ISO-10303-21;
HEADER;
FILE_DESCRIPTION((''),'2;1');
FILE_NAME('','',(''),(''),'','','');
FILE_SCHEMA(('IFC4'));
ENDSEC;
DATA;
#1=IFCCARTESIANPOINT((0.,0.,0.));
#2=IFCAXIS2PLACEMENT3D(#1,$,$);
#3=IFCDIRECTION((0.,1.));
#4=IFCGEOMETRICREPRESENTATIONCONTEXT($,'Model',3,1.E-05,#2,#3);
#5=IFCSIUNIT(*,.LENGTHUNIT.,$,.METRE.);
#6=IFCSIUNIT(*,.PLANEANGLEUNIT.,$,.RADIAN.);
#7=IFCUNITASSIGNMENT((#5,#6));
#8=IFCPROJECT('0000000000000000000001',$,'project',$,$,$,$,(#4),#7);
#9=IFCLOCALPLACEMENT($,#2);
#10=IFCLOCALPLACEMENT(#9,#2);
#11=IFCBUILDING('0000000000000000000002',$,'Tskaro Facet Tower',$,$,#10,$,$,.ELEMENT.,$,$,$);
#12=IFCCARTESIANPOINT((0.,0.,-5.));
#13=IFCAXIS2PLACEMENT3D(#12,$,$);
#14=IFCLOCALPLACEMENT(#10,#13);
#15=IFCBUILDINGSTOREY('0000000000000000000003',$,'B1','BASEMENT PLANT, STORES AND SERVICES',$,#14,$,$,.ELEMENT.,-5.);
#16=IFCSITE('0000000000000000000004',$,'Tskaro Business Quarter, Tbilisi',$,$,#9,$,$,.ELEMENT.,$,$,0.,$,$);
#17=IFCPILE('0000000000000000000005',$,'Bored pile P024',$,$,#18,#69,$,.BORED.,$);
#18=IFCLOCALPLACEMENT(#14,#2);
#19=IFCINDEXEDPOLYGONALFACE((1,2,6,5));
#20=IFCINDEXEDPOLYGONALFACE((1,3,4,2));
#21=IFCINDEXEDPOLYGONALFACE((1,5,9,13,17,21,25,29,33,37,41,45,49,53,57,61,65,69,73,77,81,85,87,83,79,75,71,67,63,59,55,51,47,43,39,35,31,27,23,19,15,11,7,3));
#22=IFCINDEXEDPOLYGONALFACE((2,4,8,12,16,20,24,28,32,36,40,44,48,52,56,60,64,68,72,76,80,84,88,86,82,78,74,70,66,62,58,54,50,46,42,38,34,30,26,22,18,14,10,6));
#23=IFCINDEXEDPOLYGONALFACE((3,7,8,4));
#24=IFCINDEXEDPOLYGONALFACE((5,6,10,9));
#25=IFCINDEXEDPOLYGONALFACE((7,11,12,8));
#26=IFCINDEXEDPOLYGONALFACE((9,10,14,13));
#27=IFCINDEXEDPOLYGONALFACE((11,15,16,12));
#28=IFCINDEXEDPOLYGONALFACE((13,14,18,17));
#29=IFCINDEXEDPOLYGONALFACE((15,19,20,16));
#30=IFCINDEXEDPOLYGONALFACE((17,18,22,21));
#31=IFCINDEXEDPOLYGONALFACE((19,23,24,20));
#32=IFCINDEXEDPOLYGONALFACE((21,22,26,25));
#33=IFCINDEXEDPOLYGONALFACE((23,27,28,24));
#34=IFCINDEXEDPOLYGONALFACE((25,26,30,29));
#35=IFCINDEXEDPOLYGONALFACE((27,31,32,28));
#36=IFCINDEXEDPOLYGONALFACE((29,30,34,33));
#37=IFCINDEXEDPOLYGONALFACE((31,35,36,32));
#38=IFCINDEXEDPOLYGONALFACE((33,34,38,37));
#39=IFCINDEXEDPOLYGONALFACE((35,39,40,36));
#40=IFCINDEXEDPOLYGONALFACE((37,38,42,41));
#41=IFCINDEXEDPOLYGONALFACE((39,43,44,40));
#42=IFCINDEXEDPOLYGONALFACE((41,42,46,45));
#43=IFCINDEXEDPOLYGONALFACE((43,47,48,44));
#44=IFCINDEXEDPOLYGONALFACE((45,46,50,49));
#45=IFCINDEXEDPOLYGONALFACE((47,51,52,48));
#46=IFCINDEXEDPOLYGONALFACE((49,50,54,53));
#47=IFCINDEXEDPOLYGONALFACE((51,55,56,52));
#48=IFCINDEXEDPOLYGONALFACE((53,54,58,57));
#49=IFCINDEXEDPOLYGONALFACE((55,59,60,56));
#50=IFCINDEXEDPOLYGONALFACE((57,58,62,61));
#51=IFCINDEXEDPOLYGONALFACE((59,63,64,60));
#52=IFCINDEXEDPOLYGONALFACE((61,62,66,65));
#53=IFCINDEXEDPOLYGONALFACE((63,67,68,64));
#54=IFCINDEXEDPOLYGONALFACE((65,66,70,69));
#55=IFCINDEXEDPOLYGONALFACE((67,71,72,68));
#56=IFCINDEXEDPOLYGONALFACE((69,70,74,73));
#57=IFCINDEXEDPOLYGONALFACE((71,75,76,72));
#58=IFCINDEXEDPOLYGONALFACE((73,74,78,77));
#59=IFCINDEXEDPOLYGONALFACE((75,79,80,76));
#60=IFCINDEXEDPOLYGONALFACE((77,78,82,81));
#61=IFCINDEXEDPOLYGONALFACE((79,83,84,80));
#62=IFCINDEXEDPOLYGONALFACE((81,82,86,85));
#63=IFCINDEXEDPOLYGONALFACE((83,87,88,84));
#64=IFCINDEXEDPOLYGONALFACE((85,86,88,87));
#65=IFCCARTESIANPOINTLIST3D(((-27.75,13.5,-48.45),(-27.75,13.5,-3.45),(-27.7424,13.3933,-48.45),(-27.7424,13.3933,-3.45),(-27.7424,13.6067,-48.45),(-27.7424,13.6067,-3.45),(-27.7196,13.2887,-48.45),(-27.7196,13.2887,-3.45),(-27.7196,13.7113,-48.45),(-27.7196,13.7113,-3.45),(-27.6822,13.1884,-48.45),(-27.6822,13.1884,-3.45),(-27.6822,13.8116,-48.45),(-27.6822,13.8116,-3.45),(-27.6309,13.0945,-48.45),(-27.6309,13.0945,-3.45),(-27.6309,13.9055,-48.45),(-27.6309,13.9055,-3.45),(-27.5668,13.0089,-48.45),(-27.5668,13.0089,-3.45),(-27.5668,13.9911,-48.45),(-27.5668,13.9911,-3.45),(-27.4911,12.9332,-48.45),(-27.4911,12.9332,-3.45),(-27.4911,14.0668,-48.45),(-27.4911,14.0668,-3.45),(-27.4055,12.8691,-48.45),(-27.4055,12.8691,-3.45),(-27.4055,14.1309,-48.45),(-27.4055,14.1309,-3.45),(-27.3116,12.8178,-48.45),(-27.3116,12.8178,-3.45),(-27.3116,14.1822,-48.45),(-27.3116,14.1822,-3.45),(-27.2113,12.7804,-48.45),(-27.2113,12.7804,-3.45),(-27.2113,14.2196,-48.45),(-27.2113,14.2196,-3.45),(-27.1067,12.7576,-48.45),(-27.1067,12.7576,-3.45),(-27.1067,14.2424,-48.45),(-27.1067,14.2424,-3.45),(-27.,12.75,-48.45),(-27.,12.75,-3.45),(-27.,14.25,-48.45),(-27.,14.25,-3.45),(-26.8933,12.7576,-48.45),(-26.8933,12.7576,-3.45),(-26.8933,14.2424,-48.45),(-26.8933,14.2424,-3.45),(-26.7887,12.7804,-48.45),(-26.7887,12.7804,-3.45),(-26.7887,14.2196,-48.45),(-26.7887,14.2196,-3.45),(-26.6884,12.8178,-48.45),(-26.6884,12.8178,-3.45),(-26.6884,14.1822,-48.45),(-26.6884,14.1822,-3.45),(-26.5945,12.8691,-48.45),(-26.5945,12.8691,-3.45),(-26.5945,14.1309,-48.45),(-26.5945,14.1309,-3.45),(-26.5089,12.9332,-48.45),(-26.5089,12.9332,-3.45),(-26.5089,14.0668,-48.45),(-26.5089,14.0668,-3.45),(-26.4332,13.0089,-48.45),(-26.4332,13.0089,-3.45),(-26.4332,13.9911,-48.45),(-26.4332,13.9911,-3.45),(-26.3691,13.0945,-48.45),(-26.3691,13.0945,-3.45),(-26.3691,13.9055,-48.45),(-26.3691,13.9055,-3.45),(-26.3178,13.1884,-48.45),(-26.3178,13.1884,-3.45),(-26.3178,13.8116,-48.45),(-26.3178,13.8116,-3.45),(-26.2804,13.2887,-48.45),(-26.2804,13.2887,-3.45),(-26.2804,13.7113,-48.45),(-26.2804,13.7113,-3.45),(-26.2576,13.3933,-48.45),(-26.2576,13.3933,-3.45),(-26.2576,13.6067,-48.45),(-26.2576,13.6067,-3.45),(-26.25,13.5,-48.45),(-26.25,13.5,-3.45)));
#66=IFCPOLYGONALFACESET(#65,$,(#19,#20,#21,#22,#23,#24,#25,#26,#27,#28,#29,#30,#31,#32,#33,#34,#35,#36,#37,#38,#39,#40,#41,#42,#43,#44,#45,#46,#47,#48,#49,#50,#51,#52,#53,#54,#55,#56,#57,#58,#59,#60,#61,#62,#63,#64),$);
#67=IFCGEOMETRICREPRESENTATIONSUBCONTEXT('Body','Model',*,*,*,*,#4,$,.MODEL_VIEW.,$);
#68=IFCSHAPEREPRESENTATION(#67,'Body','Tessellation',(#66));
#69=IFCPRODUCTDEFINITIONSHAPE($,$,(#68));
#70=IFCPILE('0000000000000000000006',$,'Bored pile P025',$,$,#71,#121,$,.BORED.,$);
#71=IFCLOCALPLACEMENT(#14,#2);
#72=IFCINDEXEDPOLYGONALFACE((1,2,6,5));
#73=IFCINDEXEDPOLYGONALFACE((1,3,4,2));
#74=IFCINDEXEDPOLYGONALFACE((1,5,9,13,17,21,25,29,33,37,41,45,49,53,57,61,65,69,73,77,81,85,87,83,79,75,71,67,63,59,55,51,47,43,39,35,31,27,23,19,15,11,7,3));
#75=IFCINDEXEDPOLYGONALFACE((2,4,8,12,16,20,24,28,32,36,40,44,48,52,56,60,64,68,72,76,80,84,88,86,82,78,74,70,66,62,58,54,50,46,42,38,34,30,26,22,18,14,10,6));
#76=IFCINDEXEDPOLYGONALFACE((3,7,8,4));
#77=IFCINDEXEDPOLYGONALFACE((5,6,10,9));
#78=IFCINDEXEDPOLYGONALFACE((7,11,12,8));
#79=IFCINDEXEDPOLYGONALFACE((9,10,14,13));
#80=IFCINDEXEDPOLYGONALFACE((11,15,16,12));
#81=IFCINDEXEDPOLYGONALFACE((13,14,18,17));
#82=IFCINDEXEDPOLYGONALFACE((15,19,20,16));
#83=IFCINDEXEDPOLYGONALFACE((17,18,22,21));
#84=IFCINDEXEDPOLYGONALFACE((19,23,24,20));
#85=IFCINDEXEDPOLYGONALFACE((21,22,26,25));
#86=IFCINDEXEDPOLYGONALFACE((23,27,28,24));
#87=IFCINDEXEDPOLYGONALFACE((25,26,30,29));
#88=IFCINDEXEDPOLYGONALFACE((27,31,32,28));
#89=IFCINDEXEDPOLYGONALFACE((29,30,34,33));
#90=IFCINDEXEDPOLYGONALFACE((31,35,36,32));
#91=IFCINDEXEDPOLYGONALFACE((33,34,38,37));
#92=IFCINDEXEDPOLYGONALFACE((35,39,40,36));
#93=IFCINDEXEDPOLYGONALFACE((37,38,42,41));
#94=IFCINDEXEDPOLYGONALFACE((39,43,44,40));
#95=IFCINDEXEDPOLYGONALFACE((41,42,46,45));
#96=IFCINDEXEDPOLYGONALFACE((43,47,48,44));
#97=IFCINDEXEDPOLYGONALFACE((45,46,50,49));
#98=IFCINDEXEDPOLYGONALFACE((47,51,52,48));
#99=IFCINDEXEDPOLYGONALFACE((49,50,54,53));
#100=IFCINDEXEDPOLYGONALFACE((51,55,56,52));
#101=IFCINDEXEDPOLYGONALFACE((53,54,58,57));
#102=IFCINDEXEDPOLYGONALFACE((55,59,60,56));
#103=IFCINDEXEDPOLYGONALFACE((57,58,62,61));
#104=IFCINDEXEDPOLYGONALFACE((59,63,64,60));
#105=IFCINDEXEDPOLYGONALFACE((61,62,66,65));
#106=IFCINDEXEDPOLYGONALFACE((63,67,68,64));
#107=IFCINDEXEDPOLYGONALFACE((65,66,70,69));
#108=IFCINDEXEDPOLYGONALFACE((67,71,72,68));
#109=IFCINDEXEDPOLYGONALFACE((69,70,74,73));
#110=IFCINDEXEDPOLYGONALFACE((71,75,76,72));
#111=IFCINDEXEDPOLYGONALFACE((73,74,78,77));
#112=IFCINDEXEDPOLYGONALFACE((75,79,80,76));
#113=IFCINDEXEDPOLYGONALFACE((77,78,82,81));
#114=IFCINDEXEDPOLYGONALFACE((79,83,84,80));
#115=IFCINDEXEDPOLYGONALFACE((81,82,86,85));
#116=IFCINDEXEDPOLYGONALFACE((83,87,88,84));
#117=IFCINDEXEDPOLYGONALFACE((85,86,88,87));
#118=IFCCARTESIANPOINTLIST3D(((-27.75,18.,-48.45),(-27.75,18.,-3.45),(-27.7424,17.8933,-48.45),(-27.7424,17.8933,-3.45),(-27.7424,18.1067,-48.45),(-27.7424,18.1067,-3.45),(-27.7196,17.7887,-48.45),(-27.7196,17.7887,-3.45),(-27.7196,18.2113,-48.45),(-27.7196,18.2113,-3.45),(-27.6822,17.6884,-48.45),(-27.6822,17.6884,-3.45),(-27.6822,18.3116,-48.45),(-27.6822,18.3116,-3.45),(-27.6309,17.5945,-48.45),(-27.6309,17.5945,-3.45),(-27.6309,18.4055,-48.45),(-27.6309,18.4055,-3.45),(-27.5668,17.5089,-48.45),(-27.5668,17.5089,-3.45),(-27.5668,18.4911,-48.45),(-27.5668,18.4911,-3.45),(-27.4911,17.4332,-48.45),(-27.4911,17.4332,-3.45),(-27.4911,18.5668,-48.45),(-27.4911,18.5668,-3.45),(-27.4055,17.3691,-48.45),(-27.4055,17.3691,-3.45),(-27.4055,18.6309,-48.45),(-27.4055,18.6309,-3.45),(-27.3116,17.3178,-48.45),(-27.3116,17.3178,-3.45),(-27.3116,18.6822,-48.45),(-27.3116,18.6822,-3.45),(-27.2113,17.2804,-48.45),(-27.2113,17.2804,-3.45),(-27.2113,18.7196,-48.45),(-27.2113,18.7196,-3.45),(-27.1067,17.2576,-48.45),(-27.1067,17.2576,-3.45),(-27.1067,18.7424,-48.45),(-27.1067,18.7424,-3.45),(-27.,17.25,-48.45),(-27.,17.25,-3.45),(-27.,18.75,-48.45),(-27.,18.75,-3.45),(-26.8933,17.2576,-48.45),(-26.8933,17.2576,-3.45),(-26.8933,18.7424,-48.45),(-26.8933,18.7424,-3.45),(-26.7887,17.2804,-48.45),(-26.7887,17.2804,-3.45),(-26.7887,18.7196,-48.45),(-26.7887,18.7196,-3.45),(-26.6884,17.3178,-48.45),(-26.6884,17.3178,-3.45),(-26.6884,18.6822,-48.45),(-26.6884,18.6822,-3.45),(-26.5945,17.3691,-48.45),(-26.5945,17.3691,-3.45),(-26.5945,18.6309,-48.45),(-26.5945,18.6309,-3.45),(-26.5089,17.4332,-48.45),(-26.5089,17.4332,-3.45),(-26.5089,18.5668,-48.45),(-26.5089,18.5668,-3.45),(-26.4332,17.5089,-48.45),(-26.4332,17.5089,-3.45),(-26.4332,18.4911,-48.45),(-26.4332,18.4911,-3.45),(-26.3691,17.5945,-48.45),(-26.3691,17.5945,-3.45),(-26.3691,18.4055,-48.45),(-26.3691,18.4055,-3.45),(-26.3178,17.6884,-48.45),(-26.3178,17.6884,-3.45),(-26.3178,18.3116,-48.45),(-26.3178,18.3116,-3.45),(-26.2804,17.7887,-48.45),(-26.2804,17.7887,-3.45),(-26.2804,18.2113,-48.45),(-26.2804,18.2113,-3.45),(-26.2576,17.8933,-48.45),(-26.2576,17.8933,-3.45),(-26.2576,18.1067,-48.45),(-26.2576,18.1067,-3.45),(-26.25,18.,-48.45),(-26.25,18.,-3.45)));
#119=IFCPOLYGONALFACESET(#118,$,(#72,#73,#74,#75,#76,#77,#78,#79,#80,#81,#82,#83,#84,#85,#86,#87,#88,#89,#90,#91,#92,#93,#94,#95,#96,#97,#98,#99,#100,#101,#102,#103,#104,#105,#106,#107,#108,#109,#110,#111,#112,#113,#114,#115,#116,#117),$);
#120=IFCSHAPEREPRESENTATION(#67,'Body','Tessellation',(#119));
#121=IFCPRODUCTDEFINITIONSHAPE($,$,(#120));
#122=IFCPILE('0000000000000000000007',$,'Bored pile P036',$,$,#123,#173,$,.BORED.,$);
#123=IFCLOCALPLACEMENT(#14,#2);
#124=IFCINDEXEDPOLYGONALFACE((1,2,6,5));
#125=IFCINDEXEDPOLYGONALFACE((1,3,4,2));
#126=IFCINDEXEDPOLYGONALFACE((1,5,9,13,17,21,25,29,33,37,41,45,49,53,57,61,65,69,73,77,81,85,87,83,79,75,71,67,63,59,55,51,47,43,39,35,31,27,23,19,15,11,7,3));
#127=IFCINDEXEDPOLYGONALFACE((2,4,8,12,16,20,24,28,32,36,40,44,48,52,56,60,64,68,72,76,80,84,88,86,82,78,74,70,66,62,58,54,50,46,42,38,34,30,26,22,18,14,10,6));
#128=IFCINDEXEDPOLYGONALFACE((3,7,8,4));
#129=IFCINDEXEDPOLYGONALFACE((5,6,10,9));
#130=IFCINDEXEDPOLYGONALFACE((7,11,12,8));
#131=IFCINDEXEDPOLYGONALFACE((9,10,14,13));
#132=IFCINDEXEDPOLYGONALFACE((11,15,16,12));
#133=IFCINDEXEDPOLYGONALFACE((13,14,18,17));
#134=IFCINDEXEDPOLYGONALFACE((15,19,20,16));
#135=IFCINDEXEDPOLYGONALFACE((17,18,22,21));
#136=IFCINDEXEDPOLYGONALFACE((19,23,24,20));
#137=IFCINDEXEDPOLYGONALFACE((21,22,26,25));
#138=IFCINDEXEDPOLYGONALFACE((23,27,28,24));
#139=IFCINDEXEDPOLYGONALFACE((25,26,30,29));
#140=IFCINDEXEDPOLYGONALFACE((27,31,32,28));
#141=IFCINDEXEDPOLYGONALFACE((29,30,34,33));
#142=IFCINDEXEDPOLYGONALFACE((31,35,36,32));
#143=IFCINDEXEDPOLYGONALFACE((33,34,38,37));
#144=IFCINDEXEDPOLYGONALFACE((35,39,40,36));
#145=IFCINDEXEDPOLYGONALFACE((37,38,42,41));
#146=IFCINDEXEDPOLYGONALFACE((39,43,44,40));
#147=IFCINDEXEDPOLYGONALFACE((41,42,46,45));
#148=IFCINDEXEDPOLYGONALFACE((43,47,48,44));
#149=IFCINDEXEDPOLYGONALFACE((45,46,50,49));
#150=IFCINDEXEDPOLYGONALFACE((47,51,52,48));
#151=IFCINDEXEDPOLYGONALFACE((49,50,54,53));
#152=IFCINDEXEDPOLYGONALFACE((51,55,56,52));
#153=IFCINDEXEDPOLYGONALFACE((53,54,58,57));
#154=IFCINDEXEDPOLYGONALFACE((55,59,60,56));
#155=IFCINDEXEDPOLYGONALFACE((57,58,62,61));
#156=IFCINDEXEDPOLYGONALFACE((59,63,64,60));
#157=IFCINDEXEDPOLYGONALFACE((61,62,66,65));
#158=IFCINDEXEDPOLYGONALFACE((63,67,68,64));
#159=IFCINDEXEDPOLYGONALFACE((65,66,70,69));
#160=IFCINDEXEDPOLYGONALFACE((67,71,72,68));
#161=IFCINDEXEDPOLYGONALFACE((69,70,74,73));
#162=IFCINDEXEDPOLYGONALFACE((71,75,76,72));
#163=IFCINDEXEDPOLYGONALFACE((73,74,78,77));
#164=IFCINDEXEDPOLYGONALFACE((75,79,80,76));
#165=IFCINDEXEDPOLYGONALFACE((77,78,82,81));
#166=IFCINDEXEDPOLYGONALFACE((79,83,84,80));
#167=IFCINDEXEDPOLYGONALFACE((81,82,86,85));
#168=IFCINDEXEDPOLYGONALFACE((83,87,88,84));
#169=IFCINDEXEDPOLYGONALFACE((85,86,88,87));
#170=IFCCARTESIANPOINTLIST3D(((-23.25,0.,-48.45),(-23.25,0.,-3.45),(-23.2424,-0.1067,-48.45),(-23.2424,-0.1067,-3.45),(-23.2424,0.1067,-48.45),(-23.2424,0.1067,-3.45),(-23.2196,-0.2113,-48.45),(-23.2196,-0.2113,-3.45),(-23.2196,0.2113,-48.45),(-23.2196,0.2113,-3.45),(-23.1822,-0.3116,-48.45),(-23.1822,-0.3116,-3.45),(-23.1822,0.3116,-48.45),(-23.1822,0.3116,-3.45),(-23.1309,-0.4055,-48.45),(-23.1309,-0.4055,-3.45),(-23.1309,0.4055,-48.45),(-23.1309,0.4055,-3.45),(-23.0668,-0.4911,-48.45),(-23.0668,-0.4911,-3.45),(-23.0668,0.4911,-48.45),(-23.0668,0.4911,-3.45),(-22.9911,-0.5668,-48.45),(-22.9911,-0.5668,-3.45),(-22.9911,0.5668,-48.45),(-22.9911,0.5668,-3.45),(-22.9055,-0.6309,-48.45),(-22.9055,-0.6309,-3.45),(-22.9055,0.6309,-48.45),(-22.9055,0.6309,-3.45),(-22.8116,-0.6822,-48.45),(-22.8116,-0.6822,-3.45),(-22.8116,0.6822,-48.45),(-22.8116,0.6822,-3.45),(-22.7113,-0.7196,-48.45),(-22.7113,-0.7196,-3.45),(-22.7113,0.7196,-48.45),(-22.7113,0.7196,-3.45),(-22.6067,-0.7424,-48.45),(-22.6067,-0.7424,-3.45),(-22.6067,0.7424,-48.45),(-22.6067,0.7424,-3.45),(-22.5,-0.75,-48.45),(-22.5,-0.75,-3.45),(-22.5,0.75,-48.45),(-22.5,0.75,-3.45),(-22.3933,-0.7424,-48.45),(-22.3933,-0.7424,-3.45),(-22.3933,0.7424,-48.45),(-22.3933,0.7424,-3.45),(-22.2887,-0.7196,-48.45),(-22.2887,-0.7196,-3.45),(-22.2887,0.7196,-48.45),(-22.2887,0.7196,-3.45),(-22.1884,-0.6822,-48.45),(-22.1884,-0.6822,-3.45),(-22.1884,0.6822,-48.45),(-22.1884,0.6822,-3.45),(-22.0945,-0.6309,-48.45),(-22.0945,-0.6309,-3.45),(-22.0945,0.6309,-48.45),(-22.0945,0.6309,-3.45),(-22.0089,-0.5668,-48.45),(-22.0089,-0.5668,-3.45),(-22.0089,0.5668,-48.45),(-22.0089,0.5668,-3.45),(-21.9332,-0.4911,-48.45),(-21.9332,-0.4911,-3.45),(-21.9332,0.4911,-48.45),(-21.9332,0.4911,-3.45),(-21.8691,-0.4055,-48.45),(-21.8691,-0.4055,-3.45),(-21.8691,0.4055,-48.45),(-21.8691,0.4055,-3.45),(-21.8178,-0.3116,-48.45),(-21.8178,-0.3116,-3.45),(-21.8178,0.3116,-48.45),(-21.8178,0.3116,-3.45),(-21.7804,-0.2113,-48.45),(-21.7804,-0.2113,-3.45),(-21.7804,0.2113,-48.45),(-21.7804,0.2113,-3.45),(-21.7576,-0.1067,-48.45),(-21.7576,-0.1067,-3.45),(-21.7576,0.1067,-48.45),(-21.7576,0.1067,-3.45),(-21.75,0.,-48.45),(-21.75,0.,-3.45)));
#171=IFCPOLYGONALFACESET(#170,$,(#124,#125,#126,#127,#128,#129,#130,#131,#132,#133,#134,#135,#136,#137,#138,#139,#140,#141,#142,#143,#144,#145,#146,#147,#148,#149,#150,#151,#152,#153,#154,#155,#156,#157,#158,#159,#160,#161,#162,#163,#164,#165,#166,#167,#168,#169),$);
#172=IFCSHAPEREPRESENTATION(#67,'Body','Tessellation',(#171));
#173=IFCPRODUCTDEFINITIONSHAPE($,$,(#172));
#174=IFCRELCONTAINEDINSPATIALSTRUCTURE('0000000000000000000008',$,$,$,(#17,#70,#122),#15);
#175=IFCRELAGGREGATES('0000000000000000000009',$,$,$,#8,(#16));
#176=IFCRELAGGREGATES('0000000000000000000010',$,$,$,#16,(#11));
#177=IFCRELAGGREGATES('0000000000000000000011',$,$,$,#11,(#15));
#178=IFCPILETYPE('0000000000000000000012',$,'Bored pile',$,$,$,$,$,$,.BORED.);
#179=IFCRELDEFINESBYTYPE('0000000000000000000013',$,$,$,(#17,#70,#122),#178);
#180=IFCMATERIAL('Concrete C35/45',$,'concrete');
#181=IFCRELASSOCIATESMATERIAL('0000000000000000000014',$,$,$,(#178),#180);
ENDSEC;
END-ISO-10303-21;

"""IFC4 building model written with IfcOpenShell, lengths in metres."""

from ifc_helpers import new_model, si_unit, direction, frame, origin, origin_2d, place, context, subcontext, project, spatial, circle, extrude, material, material_profile, profile_set, type_object, element, save


model = new_model("IFC4")

# Units and contexts
model_context = context("Model", 3, precision=1e-05, world=origin(), true_north=direction((0.0, 1.0)))
body_context = subcontext(model_context, "Body", "Model", "MODEL_VIEW")
ifc_project = project(units=[si_unit("LENGTHUNIT", "METRE"), si_unit("PLANEANGLEUNIT", "RADIAN")], contexts=[model_context])

# Site, building, storey
site_placement = place(None, origin())
site = spatial("IfcSite", under=ifc_project, at=site_placement, Name="Tskaro Business Quarter, Tbilisi", CompositionType="ELEMENT", RefElevation=0.0)
building_placement = place(site_placement, origin())
building = spatial("IfcBuilding", under=site, at=building_placement, Name="Tskaro Facet Tower", CompositionType="ELEMENT")
storey_placement = place(building_placement, frame((0.0, 0.0, -5.0)))
storey = spatial("IfcBuildingStorey", under=building, at=storey_placement, Name="B1", Description="BASEMENT PLANT, STORES AND SERVICES", CompositionType="ELEMENT", Elevation=-5.0)

# Piles
ifc_material_1 = material(Name="Concrete C35/45", Category="concrete")
ifc_material_profile_1 = material_profile(ifc_material_1, circle(Radius=0.75, at=origin_2d()), Name="Bored pile")
ifc_profile_set_1 = profile_set([ifc_material_profile_1], Name="Concrete C35/45")
pile_type = type_object("IfcPileType", Name="Bored pile", PredefinedType="BORED", material=ifc_profile_set_1)
for number, where, z_axis, x_axis, name in (
    (1, (-27.0, 13.5, -3.45), (0.0, 0.0, -1.0), (1.0, 0.0, 0.0), "Bored pile P024"),
    (2, (-27.0, 18.0, -3.45), (0.0, 0.0, -1.0), (1.0, 0.0, 0.0), "Bored pile P025"),
    (3, (-22.5, 0.0, -3.45), (0.0, 0.0, -1.0), (1.0, 0.0, 0.0), "Bored pile P036"),
):
    element("IfcPile", number, at=place(storey_placement, frame(where, z_axis=z_axis, x_axis=x_axis)), inside=storey, type_object=pile_type, Name=name, PredefinedType="BORED", context=body_context, shape_type="SweptSolid", body=[
        extrude(circle(Radius=0.75, at=origin_2d()), origin(), (0.0, 0.0, 1.0), 45.0),
    ])

save(model, "model.ifc")
